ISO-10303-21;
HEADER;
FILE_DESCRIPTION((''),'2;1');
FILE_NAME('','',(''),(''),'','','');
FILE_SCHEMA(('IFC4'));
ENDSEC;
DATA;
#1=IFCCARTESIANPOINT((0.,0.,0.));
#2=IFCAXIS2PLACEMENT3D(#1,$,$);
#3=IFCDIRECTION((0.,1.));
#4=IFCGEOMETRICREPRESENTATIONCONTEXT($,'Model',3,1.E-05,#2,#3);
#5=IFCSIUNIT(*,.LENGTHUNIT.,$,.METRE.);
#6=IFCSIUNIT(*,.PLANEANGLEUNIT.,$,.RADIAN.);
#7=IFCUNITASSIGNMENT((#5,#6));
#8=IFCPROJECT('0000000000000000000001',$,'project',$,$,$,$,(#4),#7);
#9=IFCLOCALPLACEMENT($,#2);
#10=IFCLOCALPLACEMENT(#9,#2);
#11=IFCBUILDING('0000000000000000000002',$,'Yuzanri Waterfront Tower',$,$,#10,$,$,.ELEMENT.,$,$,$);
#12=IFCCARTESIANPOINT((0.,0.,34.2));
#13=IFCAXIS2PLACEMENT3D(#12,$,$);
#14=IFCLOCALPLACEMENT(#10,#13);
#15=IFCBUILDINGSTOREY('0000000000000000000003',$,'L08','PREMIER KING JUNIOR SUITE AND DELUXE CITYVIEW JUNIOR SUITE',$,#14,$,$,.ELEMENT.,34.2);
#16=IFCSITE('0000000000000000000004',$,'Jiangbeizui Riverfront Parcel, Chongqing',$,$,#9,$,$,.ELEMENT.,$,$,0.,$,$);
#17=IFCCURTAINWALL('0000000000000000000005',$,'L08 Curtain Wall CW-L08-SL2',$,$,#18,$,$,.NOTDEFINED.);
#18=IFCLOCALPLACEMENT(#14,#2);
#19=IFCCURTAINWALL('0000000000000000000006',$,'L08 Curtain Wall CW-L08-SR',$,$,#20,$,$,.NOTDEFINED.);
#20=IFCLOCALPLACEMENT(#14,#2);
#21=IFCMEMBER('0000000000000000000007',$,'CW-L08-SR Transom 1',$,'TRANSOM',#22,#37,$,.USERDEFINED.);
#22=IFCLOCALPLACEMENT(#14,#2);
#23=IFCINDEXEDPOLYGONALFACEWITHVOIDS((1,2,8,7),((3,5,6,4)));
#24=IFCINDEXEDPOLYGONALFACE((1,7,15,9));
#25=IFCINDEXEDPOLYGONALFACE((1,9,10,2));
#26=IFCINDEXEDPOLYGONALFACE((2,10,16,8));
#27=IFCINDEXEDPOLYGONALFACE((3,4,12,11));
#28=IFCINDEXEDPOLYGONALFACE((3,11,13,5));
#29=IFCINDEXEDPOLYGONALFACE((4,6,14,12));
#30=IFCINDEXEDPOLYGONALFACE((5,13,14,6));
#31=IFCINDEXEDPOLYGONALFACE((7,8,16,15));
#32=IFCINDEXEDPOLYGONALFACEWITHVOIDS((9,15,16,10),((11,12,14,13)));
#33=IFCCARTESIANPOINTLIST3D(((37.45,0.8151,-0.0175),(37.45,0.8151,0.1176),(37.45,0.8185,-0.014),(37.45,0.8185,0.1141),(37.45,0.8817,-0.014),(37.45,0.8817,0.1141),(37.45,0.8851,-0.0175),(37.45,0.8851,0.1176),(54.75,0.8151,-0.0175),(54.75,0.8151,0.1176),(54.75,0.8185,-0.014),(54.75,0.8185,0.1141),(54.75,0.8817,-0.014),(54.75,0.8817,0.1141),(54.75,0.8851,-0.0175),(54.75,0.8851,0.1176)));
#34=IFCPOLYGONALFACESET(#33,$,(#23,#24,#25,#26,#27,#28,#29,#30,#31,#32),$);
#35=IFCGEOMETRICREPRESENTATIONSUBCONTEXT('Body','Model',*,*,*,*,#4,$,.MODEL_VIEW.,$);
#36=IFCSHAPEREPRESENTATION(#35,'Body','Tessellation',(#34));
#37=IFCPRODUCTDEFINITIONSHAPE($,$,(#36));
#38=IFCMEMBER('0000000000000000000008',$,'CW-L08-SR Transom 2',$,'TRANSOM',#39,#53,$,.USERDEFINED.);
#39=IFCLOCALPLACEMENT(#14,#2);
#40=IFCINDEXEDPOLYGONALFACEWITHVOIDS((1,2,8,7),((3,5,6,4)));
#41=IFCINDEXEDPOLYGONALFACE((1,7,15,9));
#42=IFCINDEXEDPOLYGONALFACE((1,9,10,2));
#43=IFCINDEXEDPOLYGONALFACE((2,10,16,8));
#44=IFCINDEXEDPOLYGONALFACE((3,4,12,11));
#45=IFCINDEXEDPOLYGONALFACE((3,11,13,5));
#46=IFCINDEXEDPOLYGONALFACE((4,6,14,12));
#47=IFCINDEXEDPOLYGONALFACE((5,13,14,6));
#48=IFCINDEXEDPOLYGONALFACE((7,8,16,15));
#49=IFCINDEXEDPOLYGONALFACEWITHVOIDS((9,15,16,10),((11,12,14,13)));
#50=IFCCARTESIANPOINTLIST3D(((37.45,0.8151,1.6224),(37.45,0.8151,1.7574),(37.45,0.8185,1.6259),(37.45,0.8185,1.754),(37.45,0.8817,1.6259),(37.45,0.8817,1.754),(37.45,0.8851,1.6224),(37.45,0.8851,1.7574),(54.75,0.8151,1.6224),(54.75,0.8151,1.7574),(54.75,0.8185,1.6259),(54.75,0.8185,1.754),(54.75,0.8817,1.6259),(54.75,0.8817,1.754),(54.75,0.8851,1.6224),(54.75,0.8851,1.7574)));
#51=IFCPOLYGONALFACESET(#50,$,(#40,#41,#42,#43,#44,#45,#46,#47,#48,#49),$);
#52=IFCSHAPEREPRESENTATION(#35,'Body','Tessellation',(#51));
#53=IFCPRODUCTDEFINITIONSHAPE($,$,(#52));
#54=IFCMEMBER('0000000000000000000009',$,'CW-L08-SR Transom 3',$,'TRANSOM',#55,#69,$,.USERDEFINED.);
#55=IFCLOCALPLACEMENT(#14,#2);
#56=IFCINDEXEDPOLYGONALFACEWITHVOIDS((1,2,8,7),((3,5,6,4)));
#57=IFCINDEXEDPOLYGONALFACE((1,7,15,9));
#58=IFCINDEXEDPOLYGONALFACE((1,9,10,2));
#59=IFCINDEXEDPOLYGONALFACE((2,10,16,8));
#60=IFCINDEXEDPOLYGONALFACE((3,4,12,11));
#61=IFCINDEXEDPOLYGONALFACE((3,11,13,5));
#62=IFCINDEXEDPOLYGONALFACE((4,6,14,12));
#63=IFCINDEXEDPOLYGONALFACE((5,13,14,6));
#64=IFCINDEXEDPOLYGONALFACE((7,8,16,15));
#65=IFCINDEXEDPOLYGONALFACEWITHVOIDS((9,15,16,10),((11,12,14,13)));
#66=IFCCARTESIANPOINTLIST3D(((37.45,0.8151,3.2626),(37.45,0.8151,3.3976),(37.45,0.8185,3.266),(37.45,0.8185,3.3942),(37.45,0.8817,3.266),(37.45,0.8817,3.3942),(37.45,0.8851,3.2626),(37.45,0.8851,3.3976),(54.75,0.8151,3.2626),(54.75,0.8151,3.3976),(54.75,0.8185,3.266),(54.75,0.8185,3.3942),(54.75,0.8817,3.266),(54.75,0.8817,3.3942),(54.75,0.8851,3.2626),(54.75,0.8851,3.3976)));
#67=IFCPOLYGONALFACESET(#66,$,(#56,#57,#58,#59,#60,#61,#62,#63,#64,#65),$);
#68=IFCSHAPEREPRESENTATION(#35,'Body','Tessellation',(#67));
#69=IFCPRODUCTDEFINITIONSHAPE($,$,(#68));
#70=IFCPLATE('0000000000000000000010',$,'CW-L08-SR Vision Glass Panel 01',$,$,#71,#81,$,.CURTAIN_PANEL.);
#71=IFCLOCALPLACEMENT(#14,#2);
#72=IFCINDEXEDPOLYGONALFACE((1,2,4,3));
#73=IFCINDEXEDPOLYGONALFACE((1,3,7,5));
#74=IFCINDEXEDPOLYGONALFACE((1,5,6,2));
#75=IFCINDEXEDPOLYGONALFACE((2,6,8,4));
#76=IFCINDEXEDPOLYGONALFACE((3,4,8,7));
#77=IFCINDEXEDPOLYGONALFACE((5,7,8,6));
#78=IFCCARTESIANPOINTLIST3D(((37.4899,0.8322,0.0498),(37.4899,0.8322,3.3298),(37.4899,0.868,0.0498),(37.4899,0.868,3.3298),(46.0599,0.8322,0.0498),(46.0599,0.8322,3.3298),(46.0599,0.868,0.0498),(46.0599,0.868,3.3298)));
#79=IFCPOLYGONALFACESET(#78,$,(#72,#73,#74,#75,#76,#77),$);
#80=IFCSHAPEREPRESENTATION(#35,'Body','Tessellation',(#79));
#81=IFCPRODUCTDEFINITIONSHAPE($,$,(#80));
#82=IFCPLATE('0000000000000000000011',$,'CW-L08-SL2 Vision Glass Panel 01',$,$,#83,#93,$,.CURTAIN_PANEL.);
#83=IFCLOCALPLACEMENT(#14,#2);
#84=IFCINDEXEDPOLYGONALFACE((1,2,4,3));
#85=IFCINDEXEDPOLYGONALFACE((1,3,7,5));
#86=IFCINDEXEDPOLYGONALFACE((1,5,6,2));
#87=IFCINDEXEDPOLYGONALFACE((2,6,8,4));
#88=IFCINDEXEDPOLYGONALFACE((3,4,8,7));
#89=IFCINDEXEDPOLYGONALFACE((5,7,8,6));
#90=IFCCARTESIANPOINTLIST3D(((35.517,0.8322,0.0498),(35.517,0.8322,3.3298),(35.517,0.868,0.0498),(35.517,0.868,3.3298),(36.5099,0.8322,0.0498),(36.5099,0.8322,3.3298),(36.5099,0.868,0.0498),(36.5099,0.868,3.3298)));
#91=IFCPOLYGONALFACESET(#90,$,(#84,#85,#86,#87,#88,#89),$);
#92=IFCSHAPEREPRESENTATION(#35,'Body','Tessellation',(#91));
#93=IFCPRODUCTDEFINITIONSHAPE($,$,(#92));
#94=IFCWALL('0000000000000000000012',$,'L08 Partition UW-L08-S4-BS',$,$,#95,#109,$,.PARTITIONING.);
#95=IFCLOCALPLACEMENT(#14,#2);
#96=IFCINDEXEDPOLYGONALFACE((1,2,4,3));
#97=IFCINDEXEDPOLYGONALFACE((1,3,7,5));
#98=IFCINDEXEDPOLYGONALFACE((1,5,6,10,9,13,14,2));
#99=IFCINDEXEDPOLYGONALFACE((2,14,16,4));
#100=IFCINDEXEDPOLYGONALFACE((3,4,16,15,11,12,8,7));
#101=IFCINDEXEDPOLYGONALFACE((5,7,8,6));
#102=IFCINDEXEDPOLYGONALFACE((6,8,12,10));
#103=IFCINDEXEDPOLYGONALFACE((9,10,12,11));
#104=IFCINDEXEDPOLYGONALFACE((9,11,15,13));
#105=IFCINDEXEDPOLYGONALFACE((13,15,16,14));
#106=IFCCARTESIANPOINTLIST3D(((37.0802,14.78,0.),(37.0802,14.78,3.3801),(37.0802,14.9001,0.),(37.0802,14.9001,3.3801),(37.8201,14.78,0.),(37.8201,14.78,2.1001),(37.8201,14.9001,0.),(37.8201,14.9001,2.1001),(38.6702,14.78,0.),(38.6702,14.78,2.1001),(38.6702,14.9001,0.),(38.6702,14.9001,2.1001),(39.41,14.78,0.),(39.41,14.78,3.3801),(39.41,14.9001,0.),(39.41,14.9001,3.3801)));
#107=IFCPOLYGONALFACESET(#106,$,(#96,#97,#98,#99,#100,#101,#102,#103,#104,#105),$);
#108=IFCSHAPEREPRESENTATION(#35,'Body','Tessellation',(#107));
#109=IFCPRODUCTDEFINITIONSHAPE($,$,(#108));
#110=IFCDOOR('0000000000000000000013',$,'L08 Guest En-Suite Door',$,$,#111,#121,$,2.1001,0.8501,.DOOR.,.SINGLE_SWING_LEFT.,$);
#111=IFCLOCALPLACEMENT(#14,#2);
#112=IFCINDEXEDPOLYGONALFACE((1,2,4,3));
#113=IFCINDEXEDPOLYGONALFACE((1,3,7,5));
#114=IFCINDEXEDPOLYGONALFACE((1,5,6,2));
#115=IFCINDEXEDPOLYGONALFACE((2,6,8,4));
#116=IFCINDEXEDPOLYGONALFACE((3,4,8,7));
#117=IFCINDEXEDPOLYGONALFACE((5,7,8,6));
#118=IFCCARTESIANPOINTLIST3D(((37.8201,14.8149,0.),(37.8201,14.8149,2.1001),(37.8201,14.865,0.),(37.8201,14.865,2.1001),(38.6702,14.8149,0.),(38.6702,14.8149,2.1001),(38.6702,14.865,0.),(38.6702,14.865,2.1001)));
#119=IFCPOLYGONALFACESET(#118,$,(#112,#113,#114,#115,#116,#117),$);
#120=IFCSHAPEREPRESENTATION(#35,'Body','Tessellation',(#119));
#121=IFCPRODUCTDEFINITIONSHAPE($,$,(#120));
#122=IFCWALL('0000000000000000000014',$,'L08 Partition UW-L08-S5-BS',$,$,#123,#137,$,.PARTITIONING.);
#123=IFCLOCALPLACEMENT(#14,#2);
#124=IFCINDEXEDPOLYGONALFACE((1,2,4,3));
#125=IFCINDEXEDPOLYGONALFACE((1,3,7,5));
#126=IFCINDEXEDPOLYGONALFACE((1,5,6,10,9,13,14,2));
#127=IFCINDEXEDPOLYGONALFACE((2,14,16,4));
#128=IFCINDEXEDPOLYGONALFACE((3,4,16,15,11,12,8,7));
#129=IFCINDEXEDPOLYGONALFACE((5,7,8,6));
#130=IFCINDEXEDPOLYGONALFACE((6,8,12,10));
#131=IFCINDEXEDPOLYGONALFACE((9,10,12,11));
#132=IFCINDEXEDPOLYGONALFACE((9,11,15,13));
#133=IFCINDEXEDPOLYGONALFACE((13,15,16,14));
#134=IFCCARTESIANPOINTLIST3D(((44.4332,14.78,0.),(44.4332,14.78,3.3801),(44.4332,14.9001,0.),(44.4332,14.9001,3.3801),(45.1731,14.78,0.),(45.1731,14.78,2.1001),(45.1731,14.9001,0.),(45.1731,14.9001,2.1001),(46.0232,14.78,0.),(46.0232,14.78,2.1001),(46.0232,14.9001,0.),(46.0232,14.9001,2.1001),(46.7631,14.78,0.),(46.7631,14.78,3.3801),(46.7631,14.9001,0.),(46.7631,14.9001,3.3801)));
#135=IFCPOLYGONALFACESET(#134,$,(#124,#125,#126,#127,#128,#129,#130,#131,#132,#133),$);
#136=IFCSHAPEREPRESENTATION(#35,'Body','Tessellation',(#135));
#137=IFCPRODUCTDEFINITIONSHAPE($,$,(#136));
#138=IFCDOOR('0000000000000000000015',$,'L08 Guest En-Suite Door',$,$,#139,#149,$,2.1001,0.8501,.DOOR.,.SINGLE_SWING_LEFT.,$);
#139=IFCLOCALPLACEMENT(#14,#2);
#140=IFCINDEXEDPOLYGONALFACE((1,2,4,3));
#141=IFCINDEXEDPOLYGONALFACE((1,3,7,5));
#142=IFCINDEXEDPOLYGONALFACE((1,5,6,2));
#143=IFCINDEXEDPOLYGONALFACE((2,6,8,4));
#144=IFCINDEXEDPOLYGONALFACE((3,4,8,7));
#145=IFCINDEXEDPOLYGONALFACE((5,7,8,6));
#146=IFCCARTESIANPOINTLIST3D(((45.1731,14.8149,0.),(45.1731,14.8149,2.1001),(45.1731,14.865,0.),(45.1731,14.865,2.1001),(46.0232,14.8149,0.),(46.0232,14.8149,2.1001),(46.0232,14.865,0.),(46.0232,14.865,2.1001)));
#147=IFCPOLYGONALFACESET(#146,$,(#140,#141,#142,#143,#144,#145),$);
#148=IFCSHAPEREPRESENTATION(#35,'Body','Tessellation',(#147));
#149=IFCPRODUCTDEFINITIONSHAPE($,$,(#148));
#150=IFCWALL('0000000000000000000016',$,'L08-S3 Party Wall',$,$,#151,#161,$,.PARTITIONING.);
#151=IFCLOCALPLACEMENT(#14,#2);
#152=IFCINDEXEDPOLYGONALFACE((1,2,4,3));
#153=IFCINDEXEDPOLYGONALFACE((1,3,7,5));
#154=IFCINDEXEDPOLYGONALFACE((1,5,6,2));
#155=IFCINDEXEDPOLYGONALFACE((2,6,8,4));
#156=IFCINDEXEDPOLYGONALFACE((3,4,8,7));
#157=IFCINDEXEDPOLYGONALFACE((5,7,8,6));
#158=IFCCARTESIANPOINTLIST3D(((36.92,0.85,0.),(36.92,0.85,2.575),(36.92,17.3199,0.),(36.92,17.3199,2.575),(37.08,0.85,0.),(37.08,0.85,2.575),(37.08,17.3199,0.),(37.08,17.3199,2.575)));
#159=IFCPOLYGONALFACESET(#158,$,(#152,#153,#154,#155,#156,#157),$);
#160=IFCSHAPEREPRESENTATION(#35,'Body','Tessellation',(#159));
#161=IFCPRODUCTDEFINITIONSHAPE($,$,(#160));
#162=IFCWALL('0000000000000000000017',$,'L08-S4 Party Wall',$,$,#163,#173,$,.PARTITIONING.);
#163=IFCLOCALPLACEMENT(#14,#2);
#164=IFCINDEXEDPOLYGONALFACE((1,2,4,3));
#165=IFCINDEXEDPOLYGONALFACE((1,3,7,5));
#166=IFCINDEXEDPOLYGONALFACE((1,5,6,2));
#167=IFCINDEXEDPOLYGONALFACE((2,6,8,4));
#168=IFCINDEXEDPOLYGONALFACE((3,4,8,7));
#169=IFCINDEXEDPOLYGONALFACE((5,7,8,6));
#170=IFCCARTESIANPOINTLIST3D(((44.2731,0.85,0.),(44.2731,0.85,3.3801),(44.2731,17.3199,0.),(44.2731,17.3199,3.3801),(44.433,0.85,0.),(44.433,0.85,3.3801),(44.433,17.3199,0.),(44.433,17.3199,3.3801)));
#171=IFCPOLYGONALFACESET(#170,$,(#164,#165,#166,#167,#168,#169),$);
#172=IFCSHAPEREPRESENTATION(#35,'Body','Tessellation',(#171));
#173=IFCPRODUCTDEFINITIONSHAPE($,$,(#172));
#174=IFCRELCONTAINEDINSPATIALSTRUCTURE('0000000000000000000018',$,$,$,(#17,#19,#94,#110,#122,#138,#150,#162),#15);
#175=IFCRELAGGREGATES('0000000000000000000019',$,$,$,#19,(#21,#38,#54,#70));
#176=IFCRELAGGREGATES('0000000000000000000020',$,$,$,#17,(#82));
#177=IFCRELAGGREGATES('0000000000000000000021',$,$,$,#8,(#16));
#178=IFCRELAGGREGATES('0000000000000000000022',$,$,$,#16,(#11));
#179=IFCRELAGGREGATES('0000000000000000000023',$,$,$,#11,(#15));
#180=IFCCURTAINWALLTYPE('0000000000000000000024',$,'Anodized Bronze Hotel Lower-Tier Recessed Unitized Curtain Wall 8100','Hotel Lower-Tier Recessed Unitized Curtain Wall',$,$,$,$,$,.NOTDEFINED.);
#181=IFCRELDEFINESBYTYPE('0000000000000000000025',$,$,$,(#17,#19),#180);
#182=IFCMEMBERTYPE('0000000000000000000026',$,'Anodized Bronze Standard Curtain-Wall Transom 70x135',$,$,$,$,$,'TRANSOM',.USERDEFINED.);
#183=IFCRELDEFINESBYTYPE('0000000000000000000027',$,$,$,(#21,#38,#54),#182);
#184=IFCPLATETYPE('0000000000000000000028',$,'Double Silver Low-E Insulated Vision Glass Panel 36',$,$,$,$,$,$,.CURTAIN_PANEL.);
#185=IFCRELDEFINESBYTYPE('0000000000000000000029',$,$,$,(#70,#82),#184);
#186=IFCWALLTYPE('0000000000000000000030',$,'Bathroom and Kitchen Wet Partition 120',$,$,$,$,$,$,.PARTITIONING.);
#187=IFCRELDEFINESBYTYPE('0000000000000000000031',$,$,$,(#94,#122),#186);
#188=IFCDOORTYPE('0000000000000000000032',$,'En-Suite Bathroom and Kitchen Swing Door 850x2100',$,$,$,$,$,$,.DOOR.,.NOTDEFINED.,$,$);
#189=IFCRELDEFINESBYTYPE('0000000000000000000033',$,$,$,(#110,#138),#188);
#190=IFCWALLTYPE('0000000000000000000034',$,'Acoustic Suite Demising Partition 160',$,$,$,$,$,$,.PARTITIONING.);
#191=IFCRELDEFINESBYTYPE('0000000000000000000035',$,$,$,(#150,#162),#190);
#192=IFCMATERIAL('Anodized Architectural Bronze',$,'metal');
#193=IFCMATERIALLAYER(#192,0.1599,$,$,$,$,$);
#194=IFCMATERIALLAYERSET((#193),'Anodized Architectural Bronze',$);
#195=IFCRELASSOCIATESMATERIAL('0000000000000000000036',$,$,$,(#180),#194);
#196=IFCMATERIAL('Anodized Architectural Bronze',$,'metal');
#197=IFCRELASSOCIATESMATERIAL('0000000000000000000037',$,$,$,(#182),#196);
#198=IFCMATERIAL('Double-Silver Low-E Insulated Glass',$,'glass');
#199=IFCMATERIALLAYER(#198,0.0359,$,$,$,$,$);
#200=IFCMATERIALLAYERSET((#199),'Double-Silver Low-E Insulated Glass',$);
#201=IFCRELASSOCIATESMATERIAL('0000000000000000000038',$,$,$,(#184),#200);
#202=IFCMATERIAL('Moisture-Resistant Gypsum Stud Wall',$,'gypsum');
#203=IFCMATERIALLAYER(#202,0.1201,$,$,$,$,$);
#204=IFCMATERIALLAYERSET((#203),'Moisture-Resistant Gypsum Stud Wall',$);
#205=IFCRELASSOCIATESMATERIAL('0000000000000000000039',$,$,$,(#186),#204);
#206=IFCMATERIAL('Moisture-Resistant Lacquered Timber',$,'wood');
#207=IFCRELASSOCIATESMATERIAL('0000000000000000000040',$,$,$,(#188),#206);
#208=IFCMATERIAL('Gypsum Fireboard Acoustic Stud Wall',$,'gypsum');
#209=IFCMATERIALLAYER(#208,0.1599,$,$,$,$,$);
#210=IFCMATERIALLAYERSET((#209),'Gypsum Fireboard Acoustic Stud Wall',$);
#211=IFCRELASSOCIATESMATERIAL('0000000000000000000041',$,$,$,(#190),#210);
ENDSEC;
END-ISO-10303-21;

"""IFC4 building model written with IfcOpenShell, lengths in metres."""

from ifc_helpers import new_model, si_unit, direction, frame, frame_2d, origin, origin_2d, place, context, subcontext, project, spatial, rectangle, hollow_rectangle, extrude, source, transform, mapped, material, layer, layer_set, material_profile, profile_set, type_object, element, fill, aggregate, save


model = new_model("IFC4")

# Units and contexts
model_context = context("Model", 3, precision=1e-05, world=origin(), true_north=direction((0.0, 1.0)))
body_context = subcontext(model_context, "Body", "Model", "MODEL_VIEW")
ifc_project = project(units=[si_unit("LENGTHUNIT", "METRE"), si_unit("PLANEANGLEUNIT", "RADIAN")], contexts=[model_context])

# Site, building, storey
site_placement = place(None, origin())
site = spatial("IfcSite", under=ifc_project, at=site_placement, Name="Jiangbeizui Riverfront Parcel, Chongqing", CompositionType="ELEMENT", RefElevation=0.0)
building_placement = place(site_placement, origin())
building = spatial("IfcBuilding", under=site, at=building_placement, Name="Yuzanri Waterfront Tower", CompositionType="ELEMENT")
storey_placement = place(building_placement, frame((0.0, 0.0, 34.2)))
storey = spatial("IfcBuildingStorey", under=building, at=storey_placement, Name="L08", Description="PREMIER KING JUNIOR SUITE AND DELUXE CITYVIEW JUNIOR SUITE", CompositionType="ELEMENT", Elevation=34.2)

# Curtain wall
ifc_material_1 = material(Name="Anodized Architectural Bronze", Category="metal")
ifc_layer_1 = layer(ifc_material_1, 0.1599)
ifc_layer_set_1 = layer_set([ifc_layer_1], Name="Anodized Architectural Bronze")
curtain_wall_type = type_object("IfcCurtainWallType", Name="Anodized Bronze Hotel Lower-Tier Recessed Unitized Curtain Wall 8100", Description="Hotel Lower-Tier Recessed Unitized Curtain Wall", PredefinedType="NOTDEFINED", material=ifc_layer_set_1)
curtain_wall_1_placement = place(storey_placement, origin())
curtain_wall_1 = element("IfcCurtainWall", 1, at=curtain_wall_1_placement, inside=storey, type_object=curtain_wall_type, Name="L08 Curtain Wall CW-L08-SL2", PredefinedType="NOTDEFINED")

# Curtain wall, members, plate
curtain_wall_2_placement = place(storey_placement, origin())
curtain_wall_2 = element("IfcCurtainWall", 2, at=curtain_wall_2_placement, inside=storey, type_object=curtain_wall_type, Name="L08 Curtain Wall CW-L08-SR", PredefinedType="NOTDEFINED")
ifc_material_2 = material(Name="Anodized Architectural Bronze", Category="metal")
ifc_material_profile_1 = material_profile(ifc_material_2, hollow_rectangle(XDim=0.0701, YDim=0.135, WallThickness=0.0034, at=origin_2d()), Name="CWT 70x135")
ifc_profile_set_1 = profile_set([ifc_material_profile_1], Name="Anodized Architectural Bronze")
member_type_1 = type_object("IfcMemberType", Name="Anodized Bronze Standard Curtain-Wall Transom 70x135", ElementType="TRANSOM", PredefinedType="USERDEFINED", material=ifc_profile_set_1)
shared_shape_1 = source(origin(), body_context, "Body", "SweptSolid", [
    extrude(hollow_rectangle(XDim=0.0701, YDim=0.135, WallThickness=0.0034, at=origin_2d()), origin(), (0.0, 0.0, 1.0), 17.3),
])
member_1_placement = place(storey_placement, frame((37.45, 0.8501, 0.05), z_axis=(1.0, 0.0, 0.0), x_axis=(0.0, 1.0, 0.0)))
member_1 = element("IfcMember", 3, at=member_1_placement, type_object=member_type_1, Name="CW-L08-SR Transom 1", ObjectType="TRANSOM", PredefinedType="USERDEFINED", context=body_context, shape_type="MappedRepresentation", body=[
    mapped(shared_shape_1, transform((0.0, 0.0, 0.0), scale=1.0)),
])
member_2_placement = place(storey_placement, frame((37.45, 0.8501, 1.6899), z_axis=(1.0, 0.0, 0.0), x_axis=(0.0, 1.0, 0.0)))
member_2 = element("IfcMember", 4, at=member_2_placement, type_object=member_type_1, Name="CW-L08-SR Transom 2", ObjectType="TRANSOM", PredefinedType="USERDEFINED", context=body_context, shape_type="MappedRepresentation", body=[
    mapped(shared_shape_1, transform((0.0, 0.0, 0.0), scale=1.0)),
])
member_3_placement = place(storey_placement, frame((37.45, 0.8501, 3.3301), z_axis=(1.0, 0.0, 0.0), x_axis=(0.0, 1.0, 0.0)))
member_3 = element("IfcMember", 5, at=member_3_placement, type_object=member_type_1, Name="CW-L08-SR Transom 3", ObjectType="TRANSOM", PredefinedType="USERDEFINED", context=body_context, shape_type="MappedRepresentation", body=[
    mapped(shared_shape_1, transform((0.0, 0.0, 0.0), scale=1.0)),
])
ifc_material_3 = material(Name="Double-Silver Low-E Insulated Glass", Category="glass")
ifc_layer_2 = layer(ifc_material_3, 0.0359)
ifc_layer_set_2 = layer_set([ifc_layer_2], Name="Double-Silver Low-E Insulated Glass")
plate_type = type_object("IfcPlateType", Name="Double Silver Low-E Insulated Vision Glass Panel 36", PredefinedType="CURTAIN_PANEL", material=ifc_layer_set_2)
shared_shape_2 = source(origin(), body_context, "Body", "SweptSolid", [
    extrude(rectangle(XDim=8.5701, YDim=0.0359, at=origin_2d()), origin(), (0.0, 0.0, 1.0), 3.28),
])
plate_1_placement = place(storey_placement, frame((41.7749, 0.8501, 0.0498), z_axis=(0.0, 0.0, 1.0), x_axis=(1.0, 0.0, 0.0)))
plate_1 = element("IfcPlate", 6, at=plate_1_placement, type_object=plate_type, Name="CW-L08-SR Vision Glass Panel 01", PredefinedType="CURTAIN_PANEL", context=body_context, shape_type="MappedRepresentation", body=[
    mapped(shared_shape_2, transform((0.0, 0.0, 0.0), scale=1.0)),
])
aggregate(curtain_wall_2, [member_1, member_2, member_3, plate_1])

# Plate
shared_shape_3 = source(origin(), body_context, "Body", "SweptSolid", [
    extrude(rectangle(XDim=0.9929, YDim=0.0359, at=origin_2d()), origin(), (0.0, 0.0, 1.0), 3.28),
])
plate_2_placement = place(storey_placement, frame((36.0134, 0.8501, 0.0498), z_axis=(0.0, 0.0, 1.0), x_axis=(1.0, 0.0, 0.0)))
plate_2 = element("IfcPlate", 7, at=plate_2_placement, type_object=plate_type, Name="CW-L08-SL2 Vision Glass Panel 01", PredefinedType="CURTAIN_PANEL", context=body_context, shape_type="MappedRepresentation", body=[
    mapped(shared_shape_3, transform((0.0, 0.0, 0.0), scale=1.0)),
])
aggregate(curtain_wall_1, [plate_2])

# Walls, openings, doors
ifc_material_4 = material(Name="Moisture-Resistant Gypsum Stud Wall", Category="gypsum")
ifc_layer_3 = layer(ifc_material_4, 0.1201)
ifc_layer_set_3 = layer_set([ifc_layer_3], Name="Moisture-Resistant Gypsum Stud Wall")
wall_type_1 = type_object("IfcWallType", Name="Bathroom and Kitchen Wet Partition 120", PredefinedType="PARTITIONING", material=ifc_layer_set_3)
wall_1_placement = place(storey_placement, frame((37.0801, 14.8401, 0.0), z_axis=(0.0, 0.0, 1.0), x_axis=(1.0, 0.0, 0.0)))
wall_1 = element("IfcWall", 8, at=wall_1_placement, inside=storey, type_object=wall_type_1, Name="L08 Partition UW-L08-S4-BS", PredefinedType="PARTITIONING", context=body_context, shape_type="SweptSolid", body=[
    extrude(rectangle(XDim=2.3298, YDim=0.1201, at=frame_2d((1.165, 0.0))), origin(), (0.0, 0.0, 1.0), 3.3801),
])
opening_1_placement = place(wall_1_placement, frame((0.74, 0.0, 0.0)))
opening_1 = element("IfcOpeningElement", 9, at=opening_1_placement, cuts=wall_1, PredefinedType="OPENING", context=body_context, shape_type="SweptSolid", body=[
    extrude(rectangle(XDim=0.8501, YDim=2.1001, at=frame_2d((0.425, 1.05))), frame((0.0, 0.075, 0.0), z_axis=(0.0, -1.0, 0.0), x_axis=(1.0, 0.0, 0.0)), (0.0, 0.0, 1.0), 0.1499),
])
ifc_material_5 = material(Name="Moisture-Resistant Lacquered Timber", Category="wood")
door_type = type_object("IfcDoorType", Name="En-Suite Bathroom and Kitchen Swing Door 850x2100", OperationType="NOTDEFINED", PredefinedType="DOOR", material=ifc_material_5)
shared_shape_4 = source(origin(), body_context, "Body", "SweptSolid", [
    extrude(rectangle(XDim=0.8501, YDim=2.1001, at=frame_2d((0.425, 1.05))), frame((0.0, 0.0249, 0.0), z_axis=(0.0, -1.0, 0.0), x_axis=(1.0, 0.0, 0.0)), (0.0, 0.0, 1.0), 0.05),
])
door_1_placement = place(opening_1_placement, origin())
door_1 = element("IfcDoor", 10, at=door_1_placement, inside=storey, type_object=door_type, Name="L08 Guest En-Suite Door", OperationType="SINGLE_SWING_LEFT", OverallHeight=2.1001, OverallWidth=0.8501, PredefinedType="DOOR", context=body_context, shape_type="MappedRepresentation", body=[
    mapped(shared_shape_4, transform((0.0, 0.0, 0.0), scale=1.0)),
])
fill(opening_1, door_1)
wall_2_placement = place(storey_placement, frame((44.4331, 14.8401, 0.0), z_axis=(0.0, 0.0, 1.0), x_axis=(1.0, 0.0, 0.0)))
wall_2 = element("IfcWall", 11, at=wall_2_placement, inside=storey, type_object=wall_type_1, Name="L08 Partition UW-L08-S5-BS", PredefinedType="PARTITIONING", context=body_context, shape_type="SweptSolid", body=[
    extrude(rectangle(XDim=2.3298, YDim=0.1201, at=frame_2d((1.165, 0.0))), origin(), (0.0, 0.0, 1.0), 3.3801),
])
opening_2_placement = place(wall_2_placement, frame((0.74, 0.0, 0.0)))
opening_2 = element("IfcOpeningElement", 12, at=opening_2_placement, cuts=wall_2, PredefinedType="OPENING", context=body_context, shape_type="SweptSolid", body=[
    extrude(rectangle(XDim=0.8501, YDim=2.1001, at=frame_2d((0.425, 1.05))), frame((0.0, 0.075, 0.0), z_axis=(0.0, -1.0, 0.0), x_axis=(1.0, 0.0, 0.0)), (0.0, 0.0, 1.0), 0.1499),
])
door_2_placement = place(opening_2_placement, origin())
door_2 = element("IfcDoor", 13, at=door_2_placement, inside=storey, type_object=door_type, Name="L08 Guest En-Suite Door", OperationType="SINGLE_SWING_LEFT", OverallHeight=2.1001, OverallWidth=0.8501, PredefinedType="DOOR", context=body_context, shape_type="MappedRepresentation", body=[
    mapped(shared_shape_4, transform((0.0, 0.0, 0.0), scale=1.0)),
])
fill(opening_2, door_2)

# Walls
ifc_material_6 = material(Name="Gypsum Fireboard Acoustic Stud Wall", Category="gypsum")
ifc_layer_4 = layer(ifc_material_6, 0.1599)
ifc_layer_set_4 = layer_set([ifc_layer_4], Name="Gypsum Fireboard Acoustic Stud Wall")
wall_type_2 = type_object("IfcWallType", Name="Acoustic Suite Demising Partition 160", PredefinedType="PARTITIONING", material=ifc_layer_set_4)
shared_shape_5 = source(origin(), body_context, "Body", "SweptSolid", [
    extrude(rectangle(XDim=16.47, YDim=0.1599, at=frame_2d((8.2349, 0.0))), origin(), (0.0, 0.0, 1.0), 2.575),
])
wall_3_placement = place(storey_placement, frame((37.0, 0.8501, 0.0), z_axis=(0.0, 0.0, 1.0), x_axis=(0.0, 1.0, 0.0)))
element("IfcWall", 14, at=wall_3_placement, inside=storey, type_object=wall_type_2, Name="L08-S3 Party Wall", PredefinedType="PARTITIONING", context=body_context, shape_type="MappedRepresentation", body=[
    mapped(shared_shape_5, transform((0.0, 0.0, 0.0), scale=1.0)),
])
shared_shape_6 = source(origin(), body_context, "Body", "SweptSolid", [
    extrude(rectangle(XDim=16.47, YDim=0.1599, at=frame_2d((8.2349, 0.0))), origin(), (0.0, 0.0, 1.0), 3.3801),
])
wall_4_placement = place(storey_placement, frame((44.353, 0.8501, 0.0), z_axis=(0.0, 0.0, 1.0), x_axis=(0.0, 1.0, 0.0)))
element("IfcWall", 15, at=wall_4_placement, inside=storey, type_object=wall_type_2, Name="L08-S4 Party Wall", PredefinedType="PARTITIONING", context=body_context, shape_type="MappedRepresentation", body=[
    mapped(shared_shape_6, transform((0.0, 0.0, 0.0), scale=1.0)),
])

save(model, "model.ifc")
